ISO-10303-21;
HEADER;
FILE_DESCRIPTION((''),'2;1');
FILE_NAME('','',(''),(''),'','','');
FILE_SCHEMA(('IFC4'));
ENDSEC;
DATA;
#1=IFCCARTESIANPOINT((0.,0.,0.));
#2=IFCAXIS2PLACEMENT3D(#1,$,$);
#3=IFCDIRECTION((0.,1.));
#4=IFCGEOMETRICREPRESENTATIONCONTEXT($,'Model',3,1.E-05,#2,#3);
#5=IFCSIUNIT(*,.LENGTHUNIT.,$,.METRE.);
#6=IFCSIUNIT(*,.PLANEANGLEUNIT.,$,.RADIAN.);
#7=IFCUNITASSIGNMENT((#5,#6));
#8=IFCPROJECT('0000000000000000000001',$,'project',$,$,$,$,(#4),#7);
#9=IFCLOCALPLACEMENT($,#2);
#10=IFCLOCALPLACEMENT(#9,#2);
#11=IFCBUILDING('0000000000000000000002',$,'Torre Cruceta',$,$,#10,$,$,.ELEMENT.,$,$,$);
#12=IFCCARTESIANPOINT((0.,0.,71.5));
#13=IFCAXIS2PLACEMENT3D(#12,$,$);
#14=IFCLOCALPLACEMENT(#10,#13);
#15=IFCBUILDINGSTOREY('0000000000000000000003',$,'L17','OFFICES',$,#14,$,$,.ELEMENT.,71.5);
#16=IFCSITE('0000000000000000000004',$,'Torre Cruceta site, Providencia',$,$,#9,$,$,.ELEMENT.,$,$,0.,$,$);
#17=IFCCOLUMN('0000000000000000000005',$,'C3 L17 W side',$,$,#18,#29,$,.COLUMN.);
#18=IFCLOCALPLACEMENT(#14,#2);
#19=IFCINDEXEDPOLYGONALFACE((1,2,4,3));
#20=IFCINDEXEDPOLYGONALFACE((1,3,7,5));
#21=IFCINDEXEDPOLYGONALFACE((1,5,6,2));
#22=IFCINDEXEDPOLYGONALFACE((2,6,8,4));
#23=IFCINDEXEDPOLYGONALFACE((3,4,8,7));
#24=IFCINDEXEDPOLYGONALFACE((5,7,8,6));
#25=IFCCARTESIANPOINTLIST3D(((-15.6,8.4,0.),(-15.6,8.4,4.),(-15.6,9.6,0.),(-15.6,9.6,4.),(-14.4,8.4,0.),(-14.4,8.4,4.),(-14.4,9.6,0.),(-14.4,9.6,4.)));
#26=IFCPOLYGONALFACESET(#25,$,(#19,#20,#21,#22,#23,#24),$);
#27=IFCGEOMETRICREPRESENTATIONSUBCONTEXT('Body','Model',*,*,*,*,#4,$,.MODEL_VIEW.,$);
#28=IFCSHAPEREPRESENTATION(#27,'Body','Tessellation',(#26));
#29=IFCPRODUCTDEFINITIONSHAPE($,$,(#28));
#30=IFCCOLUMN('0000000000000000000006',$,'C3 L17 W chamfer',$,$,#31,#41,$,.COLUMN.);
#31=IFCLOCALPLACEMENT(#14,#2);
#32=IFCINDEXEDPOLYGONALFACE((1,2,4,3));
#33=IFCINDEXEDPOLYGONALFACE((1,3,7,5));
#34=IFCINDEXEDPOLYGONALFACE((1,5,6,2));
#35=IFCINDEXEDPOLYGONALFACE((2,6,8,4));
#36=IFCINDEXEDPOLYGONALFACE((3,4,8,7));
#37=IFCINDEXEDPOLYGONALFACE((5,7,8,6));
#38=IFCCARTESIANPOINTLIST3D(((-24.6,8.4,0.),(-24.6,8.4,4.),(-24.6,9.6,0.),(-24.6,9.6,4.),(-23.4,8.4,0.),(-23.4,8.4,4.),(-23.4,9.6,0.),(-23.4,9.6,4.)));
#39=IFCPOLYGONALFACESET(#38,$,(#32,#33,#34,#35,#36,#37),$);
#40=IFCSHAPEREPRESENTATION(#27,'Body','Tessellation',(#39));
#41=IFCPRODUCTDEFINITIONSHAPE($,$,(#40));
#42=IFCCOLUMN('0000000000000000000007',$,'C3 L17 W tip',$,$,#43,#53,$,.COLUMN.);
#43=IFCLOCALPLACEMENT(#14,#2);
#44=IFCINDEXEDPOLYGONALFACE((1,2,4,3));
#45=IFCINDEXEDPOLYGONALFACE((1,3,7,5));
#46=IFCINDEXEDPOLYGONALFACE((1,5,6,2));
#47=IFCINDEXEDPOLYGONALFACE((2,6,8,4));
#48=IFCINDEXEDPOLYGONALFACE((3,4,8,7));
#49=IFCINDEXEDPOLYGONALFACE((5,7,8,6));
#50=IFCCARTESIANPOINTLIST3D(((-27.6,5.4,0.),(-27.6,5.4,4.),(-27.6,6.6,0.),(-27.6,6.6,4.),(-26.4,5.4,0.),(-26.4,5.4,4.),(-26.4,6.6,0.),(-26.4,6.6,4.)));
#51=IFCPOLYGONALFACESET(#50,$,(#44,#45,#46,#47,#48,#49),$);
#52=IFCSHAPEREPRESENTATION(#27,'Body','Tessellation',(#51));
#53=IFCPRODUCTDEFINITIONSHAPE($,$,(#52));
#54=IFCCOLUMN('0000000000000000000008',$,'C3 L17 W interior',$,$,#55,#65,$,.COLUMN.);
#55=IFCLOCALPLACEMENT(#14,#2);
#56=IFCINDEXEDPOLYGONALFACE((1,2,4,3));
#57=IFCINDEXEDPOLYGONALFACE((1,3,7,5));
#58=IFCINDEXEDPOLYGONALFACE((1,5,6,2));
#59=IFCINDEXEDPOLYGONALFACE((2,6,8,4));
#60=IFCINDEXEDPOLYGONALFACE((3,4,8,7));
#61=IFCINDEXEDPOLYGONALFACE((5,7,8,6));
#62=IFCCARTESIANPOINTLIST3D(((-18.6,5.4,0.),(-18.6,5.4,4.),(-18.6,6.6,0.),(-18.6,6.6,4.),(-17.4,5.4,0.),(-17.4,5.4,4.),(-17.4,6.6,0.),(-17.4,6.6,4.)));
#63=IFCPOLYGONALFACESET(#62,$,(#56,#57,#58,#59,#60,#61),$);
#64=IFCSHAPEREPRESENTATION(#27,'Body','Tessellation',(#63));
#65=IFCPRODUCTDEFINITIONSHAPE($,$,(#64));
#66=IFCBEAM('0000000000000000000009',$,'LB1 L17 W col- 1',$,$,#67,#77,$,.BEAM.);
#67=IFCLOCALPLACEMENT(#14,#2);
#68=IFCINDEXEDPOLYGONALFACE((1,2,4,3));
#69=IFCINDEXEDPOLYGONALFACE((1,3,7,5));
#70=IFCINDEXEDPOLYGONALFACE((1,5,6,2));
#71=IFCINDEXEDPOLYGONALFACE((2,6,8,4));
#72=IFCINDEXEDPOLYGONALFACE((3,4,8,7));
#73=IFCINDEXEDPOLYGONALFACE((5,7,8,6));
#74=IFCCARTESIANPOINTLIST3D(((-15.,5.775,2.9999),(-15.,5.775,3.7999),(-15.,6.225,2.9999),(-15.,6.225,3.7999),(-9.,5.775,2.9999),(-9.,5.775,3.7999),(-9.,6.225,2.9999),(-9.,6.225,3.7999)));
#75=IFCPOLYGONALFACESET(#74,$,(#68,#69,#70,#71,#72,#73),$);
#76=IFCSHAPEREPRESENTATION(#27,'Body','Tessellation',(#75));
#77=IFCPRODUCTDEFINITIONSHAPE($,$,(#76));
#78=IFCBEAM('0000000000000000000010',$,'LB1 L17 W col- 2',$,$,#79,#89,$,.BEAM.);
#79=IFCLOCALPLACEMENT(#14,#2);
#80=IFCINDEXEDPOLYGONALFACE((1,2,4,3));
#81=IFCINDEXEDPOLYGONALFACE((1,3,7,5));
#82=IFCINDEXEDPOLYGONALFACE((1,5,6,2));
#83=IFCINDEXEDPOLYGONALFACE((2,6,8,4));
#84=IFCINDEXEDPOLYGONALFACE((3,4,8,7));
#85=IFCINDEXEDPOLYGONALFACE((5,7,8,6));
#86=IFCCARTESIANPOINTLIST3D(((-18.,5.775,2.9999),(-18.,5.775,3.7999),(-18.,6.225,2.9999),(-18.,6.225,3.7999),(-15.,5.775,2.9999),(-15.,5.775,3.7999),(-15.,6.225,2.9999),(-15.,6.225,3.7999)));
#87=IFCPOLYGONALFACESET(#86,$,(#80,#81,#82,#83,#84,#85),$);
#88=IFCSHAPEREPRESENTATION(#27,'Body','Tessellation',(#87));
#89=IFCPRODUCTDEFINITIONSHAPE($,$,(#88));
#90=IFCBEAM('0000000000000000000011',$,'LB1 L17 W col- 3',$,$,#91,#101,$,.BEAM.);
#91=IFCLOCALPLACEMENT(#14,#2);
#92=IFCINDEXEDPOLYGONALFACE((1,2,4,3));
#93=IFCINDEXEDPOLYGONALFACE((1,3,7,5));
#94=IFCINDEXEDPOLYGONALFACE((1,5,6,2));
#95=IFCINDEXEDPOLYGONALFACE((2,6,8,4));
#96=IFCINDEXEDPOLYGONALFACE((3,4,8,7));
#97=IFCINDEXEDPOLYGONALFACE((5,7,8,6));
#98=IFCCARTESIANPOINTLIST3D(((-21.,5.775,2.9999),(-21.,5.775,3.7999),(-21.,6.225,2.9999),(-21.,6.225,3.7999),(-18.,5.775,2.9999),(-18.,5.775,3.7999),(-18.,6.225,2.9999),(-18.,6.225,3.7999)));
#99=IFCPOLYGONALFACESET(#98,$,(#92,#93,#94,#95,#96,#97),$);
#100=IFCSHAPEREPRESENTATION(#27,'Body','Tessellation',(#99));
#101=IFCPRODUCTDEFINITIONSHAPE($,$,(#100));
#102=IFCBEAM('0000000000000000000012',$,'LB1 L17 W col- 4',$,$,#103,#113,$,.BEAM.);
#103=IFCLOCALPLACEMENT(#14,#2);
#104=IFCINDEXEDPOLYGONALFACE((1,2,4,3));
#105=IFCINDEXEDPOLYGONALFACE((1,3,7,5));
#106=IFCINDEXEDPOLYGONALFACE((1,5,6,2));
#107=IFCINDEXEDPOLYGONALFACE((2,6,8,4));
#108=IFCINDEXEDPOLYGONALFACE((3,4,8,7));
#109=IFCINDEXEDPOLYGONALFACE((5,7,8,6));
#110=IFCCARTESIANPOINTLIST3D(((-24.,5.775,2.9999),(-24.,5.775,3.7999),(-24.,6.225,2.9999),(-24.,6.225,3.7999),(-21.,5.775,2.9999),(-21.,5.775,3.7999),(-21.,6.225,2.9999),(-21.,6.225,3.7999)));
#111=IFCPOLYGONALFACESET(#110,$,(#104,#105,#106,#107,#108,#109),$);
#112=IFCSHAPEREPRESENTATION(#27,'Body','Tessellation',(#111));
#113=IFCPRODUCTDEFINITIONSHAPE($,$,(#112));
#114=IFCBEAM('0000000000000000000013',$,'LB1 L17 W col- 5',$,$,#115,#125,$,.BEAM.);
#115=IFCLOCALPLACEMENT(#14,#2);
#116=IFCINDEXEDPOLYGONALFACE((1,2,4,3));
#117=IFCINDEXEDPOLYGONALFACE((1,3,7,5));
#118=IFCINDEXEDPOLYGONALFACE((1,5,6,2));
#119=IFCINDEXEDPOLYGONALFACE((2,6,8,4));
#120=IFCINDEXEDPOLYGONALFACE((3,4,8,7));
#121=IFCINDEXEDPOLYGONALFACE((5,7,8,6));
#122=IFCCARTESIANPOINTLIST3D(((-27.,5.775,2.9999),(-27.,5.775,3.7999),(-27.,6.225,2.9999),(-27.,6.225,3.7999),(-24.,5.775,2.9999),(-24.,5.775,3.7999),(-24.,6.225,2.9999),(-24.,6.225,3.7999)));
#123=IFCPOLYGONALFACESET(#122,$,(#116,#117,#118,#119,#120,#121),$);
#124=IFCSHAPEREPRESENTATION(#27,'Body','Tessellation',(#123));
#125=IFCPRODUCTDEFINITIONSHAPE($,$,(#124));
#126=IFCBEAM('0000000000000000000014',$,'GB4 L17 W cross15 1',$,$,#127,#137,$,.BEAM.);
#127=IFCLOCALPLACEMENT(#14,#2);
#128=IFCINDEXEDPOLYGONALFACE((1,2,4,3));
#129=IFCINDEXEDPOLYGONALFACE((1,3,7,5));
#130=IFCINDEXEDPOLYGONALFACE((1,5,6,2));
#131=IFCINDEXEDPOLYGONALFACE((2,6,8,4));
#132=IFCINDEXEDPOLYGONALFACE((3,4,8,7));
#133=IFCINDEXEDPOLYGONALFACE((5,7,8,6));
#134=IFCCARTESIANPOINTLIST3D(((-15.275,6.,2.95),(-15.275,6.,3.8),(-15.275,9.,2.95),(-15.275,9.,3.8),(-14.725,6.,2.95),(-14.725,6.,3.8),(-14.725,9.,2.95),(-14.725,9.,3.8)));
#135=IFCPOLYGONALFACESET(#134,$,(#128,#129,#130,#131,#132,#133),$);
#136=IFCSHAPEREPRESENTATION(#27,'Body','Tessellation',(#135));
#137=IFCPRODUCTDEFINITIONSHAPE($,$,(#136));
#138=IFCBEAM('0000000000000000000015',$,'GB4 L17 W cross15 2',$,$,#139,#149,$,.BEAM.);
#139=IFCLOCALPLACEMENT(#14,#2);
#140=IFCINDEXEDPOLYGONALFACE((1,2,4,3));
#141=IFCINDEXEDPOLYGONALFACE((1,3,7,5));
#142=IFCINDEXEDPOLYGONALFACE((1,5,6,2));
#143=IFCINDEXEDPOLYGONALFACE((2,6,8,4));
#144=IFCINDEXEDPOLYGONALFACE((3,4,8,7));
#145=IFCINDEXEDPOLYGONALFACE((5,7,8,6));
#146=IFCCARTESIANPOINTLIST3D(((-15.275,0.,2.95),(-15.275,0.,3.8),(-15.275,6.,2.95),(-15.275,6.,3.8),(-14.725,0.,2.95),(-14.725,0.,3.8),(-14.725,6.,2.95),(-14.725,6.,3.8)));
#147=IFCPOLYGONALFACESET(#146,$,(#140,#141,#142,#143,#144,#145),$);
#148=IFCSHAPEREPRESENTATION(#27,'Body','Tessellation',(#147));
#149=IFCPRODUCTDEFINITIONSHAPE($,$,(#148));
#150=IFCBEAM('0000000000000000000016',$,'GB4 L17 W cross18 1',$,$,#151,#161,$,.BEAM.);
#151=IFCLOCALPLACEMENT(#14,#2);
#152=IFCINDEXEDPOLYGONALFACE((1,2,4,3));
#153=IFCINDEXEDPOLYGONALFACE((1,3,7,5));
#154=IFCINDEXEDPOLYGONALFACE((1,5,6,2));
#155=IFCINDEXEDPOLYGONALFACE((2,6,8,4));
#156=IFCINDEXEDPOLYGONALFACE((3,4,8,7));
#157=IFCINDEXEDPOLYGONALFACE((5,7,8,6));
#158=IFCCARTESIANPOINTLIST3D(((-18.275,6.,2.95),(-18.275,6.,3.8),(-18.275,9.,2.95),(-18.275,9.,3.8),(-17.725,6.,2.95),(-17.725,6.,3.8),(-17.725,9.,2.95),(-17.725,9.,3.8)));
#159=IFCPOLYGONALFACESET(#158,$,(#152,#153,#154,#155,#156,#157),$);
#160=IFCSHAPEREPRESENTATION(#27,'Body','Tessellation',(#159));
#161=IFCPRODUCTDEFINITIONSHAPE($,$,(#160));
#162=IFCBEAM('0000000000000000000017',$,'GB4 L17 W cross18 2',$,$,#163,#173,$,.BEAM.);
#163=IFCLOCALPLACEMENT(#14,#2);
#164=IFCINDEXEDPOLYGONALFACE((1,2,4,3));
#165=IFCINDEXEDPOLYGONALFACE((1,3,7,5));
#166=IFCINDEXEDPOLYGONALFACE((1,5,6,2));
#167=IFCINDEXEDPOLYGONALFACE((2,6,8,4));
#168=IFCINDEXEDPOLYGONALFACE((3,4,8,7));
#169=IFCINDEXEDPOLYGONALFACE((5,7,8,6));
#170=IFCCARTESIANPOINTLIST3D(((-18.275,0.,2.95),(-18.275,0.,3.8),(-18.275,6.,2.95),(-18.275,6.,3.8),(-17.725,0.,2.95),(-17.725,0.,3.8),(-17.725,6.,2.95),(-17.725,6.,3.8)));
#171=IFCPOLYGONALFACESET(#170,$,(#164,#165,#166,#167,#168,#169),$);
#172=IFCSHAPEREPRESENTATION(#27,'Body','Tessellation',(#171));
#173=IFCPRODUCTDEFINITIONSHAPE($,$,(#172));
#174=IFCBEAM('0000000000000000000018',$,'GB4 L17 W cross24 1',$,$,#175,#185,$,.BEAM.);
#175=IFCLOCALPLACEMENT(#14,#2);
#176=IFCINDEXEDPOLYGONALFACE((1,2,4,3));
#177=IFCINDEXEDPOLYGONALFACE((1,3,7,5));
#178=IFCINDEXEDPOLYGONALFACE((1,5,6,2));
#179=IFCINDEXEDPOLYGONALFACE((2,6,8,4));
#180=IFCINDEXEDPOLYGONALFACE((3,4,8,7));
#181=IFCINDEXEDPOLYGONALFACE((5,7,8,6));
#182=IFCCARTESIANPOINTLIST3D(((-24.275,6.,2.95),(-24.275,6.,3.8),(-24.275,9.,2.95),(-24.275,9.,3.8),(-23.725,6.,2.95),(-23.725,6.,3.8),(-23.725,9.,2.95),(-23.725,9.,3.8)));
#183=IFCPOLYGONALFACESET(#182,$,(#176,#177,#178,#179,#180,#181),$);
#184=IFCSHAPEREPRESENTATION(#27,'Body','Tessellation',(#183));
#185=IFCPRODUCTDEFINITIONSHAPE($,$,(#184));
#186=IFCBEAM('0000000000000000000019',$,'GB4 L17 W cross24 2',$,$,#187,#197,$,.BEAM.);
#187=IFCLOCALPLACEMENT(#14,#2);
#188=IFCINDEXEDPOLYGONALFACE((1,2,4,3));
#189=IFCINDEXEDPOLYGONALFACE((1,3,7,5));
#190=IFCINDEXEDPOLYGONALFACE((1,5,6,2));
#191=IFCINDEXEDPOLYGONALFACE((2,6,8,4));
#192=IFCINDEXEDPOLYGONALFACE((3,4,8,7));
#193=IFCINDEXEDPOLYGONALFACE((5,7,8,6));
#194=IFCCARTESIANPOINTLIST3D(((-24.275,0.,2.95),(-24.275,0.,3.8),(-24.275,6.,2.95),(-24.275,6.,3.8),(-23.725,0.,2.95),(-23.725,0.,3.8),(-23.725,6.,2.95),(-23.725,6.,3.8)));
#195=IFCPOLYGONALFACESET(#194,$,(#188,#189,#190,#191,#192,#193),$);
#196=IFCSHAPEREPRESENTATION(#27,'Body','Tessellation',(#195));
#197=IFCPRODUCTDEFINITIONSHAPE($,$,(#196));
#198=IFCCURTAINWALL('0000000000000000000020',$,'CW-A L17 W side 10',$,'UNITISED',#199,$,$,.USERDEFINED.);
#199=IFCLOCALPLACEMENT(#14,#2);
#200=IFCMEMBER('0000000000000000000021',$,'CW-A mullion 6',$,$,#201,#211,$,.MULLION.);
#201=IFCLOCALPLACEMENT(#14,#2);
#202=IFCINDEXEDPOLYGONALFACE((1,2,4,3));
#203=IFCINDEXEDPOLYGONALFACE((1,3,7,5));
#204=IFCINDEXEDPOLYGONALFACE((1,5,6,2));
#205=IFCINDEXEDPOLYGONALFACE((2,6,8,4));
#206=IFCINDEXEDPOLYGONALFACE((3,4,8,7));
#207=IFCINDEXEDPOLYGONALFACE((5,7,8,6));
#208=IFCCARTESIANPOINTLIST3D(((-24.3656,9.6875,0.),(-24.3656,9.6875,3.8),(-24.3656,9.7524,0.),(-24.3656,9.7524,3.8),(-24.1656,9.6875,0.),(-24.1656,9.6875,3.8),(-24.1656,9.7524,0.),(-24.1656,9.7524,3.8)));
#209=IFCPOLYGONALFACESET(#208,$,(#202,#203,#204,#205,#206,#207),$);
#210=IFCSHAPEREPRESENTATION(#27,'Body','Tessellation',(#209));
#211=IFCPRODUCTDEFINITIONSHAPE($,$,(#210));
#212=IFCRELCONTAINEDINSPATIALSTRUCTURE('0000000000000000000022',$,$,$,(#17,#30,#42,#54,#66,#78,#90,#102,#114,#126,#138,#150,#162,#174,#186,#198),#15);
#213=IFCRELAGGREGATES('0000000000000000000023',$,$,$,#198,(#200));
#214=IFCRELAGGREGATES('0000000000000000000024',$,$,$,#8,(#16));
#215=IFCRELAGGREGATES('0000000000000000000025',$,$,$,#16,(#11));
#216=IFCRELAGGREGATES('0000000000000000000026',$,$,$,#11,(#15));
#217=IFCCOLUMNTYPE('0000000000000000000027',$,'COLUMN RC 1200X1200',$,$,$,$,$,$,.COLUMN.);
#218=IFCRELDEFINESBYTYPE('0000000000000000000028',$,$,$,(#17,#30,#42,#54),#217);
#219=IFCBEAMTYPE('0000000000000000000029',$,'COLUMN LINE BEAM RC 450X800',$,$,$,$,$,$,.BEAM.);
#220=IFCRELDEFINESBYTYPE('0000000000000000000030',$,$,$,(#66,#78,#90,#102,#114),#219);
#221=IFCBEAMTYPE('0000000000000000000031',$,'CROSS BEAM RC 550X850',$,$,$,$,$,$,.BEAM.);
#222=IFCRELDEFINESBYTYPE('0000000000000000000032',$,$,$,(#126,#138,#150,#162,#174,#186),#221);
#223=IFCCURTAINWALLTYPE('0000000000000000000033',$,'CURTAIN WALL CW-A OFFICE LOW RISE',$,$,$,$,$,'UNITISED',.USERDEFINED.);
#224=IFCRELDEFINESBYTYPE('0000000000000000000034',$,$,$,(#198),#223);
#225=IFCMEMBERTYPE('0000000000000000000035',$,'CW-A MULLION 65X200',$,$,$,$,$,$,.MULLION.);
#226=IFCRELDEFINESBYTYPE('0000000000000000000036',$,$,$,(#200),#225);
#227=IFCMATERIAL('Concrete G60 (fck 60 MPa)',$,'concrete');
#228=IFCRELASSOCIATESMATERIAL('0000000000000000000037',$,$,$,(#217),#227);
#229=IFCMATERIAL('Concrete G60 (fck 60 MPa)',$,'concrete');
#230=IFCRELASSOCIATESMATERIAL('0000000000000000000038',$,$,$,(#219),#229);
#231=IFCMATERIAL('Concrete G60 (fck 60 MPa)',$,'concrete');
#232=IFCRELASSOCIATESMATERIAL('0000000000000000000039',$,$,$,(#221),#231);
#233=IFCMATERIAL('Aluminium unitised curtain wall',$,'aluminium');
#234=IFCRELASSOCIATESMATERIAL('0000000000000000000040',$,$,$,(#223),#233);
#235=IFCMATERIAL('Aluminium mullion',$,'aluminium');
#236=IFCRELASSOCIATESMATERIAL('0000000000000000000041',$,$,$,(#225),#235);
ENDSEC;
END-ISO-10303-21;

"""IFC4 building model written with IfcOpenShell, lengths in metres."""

from ifc_helpers import new_model, si_unit, direction, frame, origin, origin_2d, place, context, subcontext, project, spatial, rectangle, extrude, material, material_profile, profile_set, type_object, element, aggregate, save


model = new_model("IFC4")

# Units and contexts
model_context = context("Model", 3, precision=1e-05, world=origin(), true_north=direction((0.0, 1.0)))
body_context = subcontext(model_context, "Body", "Model", "MODEL_VIEW")
ifc_project = project(units=[si_unit("LENGTHUNIT", "METRE"), si_unit("PLANEANGLEUNIT", "RADIAN")], contexts=[model_context])

# Site, building, storey
site_placement = place(None, origin())
site = spatial("IfcSite", under=ifc_project, at=site_placement, Name="Torre Cruceta site, Providencia", CompositionType="ELEMENT", RefElevation=0.0)
building_placement = place(site_placement, origin())
building = spatial("IfcBuilding", under=site, at=building_placement, Name="Torre Cruceta", CompositionType="ELEMENT")
storey_placement = place(building_placement, frame((0.0, 0.0, 71.5)))
storey = spatial("IfcBuildingStorey", under=building, at=storey_placement, Name="L17", Description="OFFICES", CompositionType="ELEMENT", Elevation=71.5)

# Columns
ifc_material_1 = material(Name="Concrete G60 (fck 60 MPa)", Category="concrete")
ifc_material_profile_1 = material_profile(ifc_material_1, rectangle(XDim=1.2, YDim=1.2, at=origin_2d()), Name="RC 1200X1200")
ifc_profile_set_1 = profile_set([ifc_material_profile_1], Name="Concrete G60 (fck 60 MPa)")
column_type = type_object("IfcColumnType", Name="COLUMN RC 1200X1200", PredefinedType="COLUMN", material=ifc_profile_set_1)
for number, where, z_axis, x_axis, name in (
    (1, (-15.0, 9.0, 0.0), (0.0, 0.0, 1.0), (1.0, 0.0, 0.0), "C3 L17 W side"),
    (2, (-24.0, 9.0, 0.0), (0.0, 0.0, 1.0), (1.0, 0.0, 0.0), "C3 L17 W chamfer"),
    (3, (-27.0, 6.0, 0.0), (0.0, 0.0, 1.0), (1.0, 0.0, 0.0), "C3 L17 W tip"),
    (4, (-18.0, 6.0, 0.0), (0.0, 0.0, 1.0), (1.0, 0.0, 0.0), "C3 L17 W interior"),
):
    element("IfcColumn", number, at=place(storey_placement, frame(where, z_axis=z_axis, x_axis=x_axis)), inside=storey, type_object=column_type, Name=name, PredefinedType="COLUMN", context=body_context, shape_type="SweptSolid", body=[
        extrude(rectangle(XDim=1.2, YDim=1.2, at=origin_2d()), origin(), (0.0, 0.0, 1.0), 4.0),
    ])

# Beams
ifc_material_2 = material(Name="Concrete G60 (fck 60 MPa)", Category="concrete")
ifc_material_profile_2 = material_profile(ifc_material_2, rectangle(XDim=0.45, YDim=0.8, at=origin_2d()), Name="RC 450X800")
ifc_profile_set_2 = profile_set([ifc_material_profile_2], Name="Concrete G60 (fck 60 MPa)")
beam_type_1 = type_object("IfcBeamType", Name="COLUMN LINE BEAM RC 450X800", PredefinedType="BEAM", material=ifc_profile_set_2)
beam_1_placement = place(storey_placement, frame((-9.0, 6.0, 3.3999), z_axis=(-1.0, 0.0, 0.0), x_axis=(0.0, -1.0, 0.0)))
element("IfcBeam", 5, at=beam_1_placement, inside=storey, type_object=beam_type_1, Name="LB1 L17 W col- 1", PredefinedType="BEAM", context=body_context, shape_type="SweptSolid", body=[
    extrude(rectangle(XDim=0.45, YDim=0.8, at=origin_2d()), origin(), (0.0, 0.0, 1.0), 6.0),
])
for number, where, z_axis, x_axis, name in (
    (6, (-15.0, 6.0, 3.3999), (-1.0, 0.0, 0.0), (0.0, -1.0, 0.0), "LB1 L17 W col- 2"),
    (7, (-18.0, 6.0, 3.3999), (-1.0, 0.0, 0.0), (0.0, -1.0, 0.0), "LB1 L17 W col- 3"),
    (8, (-21.0, 6.0, 3.3999), (-1.0, 0.0, 0.0), (0.0, -1.0, 0.0), "LB1 L17 W col- 4"),
    (9, (-24.0, 6.0, 3.3999), (-1.0, 0.0, 0.0), (0.0, -1.0, 0.0), "LB1 L17 W col- 5"),
):
    element("IfcBeam", number, at=place(storey_placement, frame(where, z_axis=z_axis, x_axis=x_axis)), inside=storey, type_object=beam_type_1, Name=name, PredefinedType="BEAM", context=body_context, shape_type="SweptSolid", body=[
        extrude(rectangle(XDim=0.45, YDim=0.8, at=origin_2d()), origin(), (0.0, 0.0, 1.0), 3.0),
    ])
ifc_material_3 = material(Name="Concrete G60 (fck 60 MPa)", Category="concrete")
ifc_material_profile_3 = material_profile(ifc_material_3, rectangle(XDim=0.55, YDim=0.8501, at=origin_2d()), Name="RC 550X850")
ifc_profile_set_3 = profile_set([ifc_material_profile_3], Name="Concrete G60 (fck 60 MPa)")
beam_type_2 = type_object("IfcBeamType", Name="CROSS BEAM RC 550X850", PredefinedType="BEAM", material=ifc_profile_set_3)
beam_2_placement = place(storey_placement, frame((-15.0, 9.0, 3.375), z_axis=(0.0, -1.0, 0.0), x_axis=(1.0, 0.0, 0.0)))
element("IfcBeam", 10, at=beam_2_placement, inside=storey, type_object=beam_type_2, Name="GB4 L17 W cross15 1", PredefinedType="BEAM", context=body_context, shape_type="SweptSolid", body=[
    extrude(rectangle(XDim=0.55, YDim=0.8501, at=origin_2d()), origin(), (0.0, 0.0, 1.0), 3.0),
])
beam_3_placement = place(storey_placement, frame((-15.0, 6.0, 3.375), z_axis=(0.0, -1.0, 0.0), x_axis=(1.0, 0.0, 0.0)))
element("IfcBeam", 11, at=beam_3_placement, inside=storey, type_object=beam_type_2, Name="GB4 L17 W cross15 2", PredefinedType="BEAM", context=body_context, shape_type="SweptSolid", body=[
    extrude(rectangle(XDim=0.55, YDim=0.8501, at=origin_2d()), origin(), (0.0, 0.0, 1.0), 6.0),
])
beam_4_placement = place(storey_placement, frame((-18.0, 9.0, 3.375), z_axis=(0.0, -1.0, 0.0), x_axis=(1.0, 0.0, 0.0)))
element("IfcBeam", 12, at=beam_4_placement, inside=storey, type_object=beam_type_2, Name="GB4 L17 W cross18 1", PredefinedType="BEAM", context=body_context, shape_type="SweptSolid", body=[
    extrude(rectangle(XDim=0.55, YDim=0.8501, at=origin_2d()), origin(), (0.0, 0.0, 1.0), 3.0),
])
beam_5_placement = place(storey_placement, frame((-18.0, 6.0, 3.375), z_axis=(0.0, -1.0, 0.0), x_axis=(1.0, 0.0, 0.0)))
element("IfcBeam", 13, at=beam_5_placement, inside=storey, type_object=beam_type_2, Name="GB4 L17 W cross18 2", PredefinedType="BEAM", context=body_context, shape_type="SweptSolid", body=[
    extrude(rectangle(XDim=0.55, YDim=0.8501, at=origin_2d()), origin(), (0.0, 0.0, 1.0), 6.0),
])
beam_6_placement = place(storey_placement, frame((-24.0, 9.0, 3.375), z_axis=(0.0, -1.0, 0.0), x_axis=(1.0, 0.0, 0.0)))
element("IfcBeam", 14, at=beam_6_placement, inside=storey, type_object=beam_type_2, Name="GB4 L17 W cross24 1", PredefinedType="BEAM", context=body_context, shape_type="SweptSolid", body=[
    extrude(rectangle(XDim=0.55, YDim=0.8501, at=origin_2d()), origin(), (0.0, 0.0, 1.0), 3.0),
])
beam_7_placement = place(storey_placement, frame((-24.0, 6.0, 3.375), z_axis=(0.0, -1.0, 0.0), x_axis=(1.0, 0.0, 0.0)))
element("IfcBeam", 15, at=beam_7_placement, inside=storey, type_object=beam_type_2, Name="GB4 L17 W cross24 2", PredefinedType="BEAM", context=body_context, shape_type="SweptSolid", body=[
    extrude(rectangle(XDim=0.55, YDim=0.8501, at=origin_2d()), origin(), (0.0, 0.0, 1.0), 6.0),
])

# Curtain wall, member
ifc_material_4 = material(Name="Aluminium unitised curtain wall", Category="aluminium")
curtain_wall_type = type_object("IfcCurtainWallType", Name="CURTAIN WALL CW-A OFFICE LOW RISE", ElementType="UNITISED", PredefinedType="USERDEFINED", material=ifc_material_4)
curtain_wall_placement = place(storey_placement, origin())
curtain_wall = element("IfcCurtainWall", 16, at=curtain_wall_placement, inside=storey, type_object=curtain_wall_type, Name="CW-A L17 W side 10", ObjectType="UNITISED", PredefinedType="USERDEFINED")
ifc_material_5 = material(Name="Aluminium mullion", Category="aluminium")
ifc_material_profile_4 = material_profile(ifc_material_5, rectangle(XDim=0.0649, YDim=0.2, at=origin_2d()), Name="AL 65X200")
ifc_profile_set_4 = profile_set([ifc_material_profile_4], Name="Aluminium mullion")
member_type = type_object("IfcMemberType", Name="CW-A MULLION 65X200", PredefinedType="MULLION", material=ifc_profile_set_4)
member_placement = place(storey_placement, frame((-24.2656, 9.72, 0.0), z_axis=(0.0, 0.0, 1.0), x_axis=(0.0, -1.0, 0.0)))
member = element("IfcMember", 17, at=member_placement, type_object=member_type, Name="CW-A mullion 6", PredefinedType="MULLION", context=body_context, shape_type="SweptSolid", body=[
    extrude(rectangle(XDim=0.0649, YDim=0.2, at=origin_2d()), origin(), (0.0, 0.0, 1.0), 3.8),
])
aggregate(curtain_wall, [member])

save(model, "model.ifc")
